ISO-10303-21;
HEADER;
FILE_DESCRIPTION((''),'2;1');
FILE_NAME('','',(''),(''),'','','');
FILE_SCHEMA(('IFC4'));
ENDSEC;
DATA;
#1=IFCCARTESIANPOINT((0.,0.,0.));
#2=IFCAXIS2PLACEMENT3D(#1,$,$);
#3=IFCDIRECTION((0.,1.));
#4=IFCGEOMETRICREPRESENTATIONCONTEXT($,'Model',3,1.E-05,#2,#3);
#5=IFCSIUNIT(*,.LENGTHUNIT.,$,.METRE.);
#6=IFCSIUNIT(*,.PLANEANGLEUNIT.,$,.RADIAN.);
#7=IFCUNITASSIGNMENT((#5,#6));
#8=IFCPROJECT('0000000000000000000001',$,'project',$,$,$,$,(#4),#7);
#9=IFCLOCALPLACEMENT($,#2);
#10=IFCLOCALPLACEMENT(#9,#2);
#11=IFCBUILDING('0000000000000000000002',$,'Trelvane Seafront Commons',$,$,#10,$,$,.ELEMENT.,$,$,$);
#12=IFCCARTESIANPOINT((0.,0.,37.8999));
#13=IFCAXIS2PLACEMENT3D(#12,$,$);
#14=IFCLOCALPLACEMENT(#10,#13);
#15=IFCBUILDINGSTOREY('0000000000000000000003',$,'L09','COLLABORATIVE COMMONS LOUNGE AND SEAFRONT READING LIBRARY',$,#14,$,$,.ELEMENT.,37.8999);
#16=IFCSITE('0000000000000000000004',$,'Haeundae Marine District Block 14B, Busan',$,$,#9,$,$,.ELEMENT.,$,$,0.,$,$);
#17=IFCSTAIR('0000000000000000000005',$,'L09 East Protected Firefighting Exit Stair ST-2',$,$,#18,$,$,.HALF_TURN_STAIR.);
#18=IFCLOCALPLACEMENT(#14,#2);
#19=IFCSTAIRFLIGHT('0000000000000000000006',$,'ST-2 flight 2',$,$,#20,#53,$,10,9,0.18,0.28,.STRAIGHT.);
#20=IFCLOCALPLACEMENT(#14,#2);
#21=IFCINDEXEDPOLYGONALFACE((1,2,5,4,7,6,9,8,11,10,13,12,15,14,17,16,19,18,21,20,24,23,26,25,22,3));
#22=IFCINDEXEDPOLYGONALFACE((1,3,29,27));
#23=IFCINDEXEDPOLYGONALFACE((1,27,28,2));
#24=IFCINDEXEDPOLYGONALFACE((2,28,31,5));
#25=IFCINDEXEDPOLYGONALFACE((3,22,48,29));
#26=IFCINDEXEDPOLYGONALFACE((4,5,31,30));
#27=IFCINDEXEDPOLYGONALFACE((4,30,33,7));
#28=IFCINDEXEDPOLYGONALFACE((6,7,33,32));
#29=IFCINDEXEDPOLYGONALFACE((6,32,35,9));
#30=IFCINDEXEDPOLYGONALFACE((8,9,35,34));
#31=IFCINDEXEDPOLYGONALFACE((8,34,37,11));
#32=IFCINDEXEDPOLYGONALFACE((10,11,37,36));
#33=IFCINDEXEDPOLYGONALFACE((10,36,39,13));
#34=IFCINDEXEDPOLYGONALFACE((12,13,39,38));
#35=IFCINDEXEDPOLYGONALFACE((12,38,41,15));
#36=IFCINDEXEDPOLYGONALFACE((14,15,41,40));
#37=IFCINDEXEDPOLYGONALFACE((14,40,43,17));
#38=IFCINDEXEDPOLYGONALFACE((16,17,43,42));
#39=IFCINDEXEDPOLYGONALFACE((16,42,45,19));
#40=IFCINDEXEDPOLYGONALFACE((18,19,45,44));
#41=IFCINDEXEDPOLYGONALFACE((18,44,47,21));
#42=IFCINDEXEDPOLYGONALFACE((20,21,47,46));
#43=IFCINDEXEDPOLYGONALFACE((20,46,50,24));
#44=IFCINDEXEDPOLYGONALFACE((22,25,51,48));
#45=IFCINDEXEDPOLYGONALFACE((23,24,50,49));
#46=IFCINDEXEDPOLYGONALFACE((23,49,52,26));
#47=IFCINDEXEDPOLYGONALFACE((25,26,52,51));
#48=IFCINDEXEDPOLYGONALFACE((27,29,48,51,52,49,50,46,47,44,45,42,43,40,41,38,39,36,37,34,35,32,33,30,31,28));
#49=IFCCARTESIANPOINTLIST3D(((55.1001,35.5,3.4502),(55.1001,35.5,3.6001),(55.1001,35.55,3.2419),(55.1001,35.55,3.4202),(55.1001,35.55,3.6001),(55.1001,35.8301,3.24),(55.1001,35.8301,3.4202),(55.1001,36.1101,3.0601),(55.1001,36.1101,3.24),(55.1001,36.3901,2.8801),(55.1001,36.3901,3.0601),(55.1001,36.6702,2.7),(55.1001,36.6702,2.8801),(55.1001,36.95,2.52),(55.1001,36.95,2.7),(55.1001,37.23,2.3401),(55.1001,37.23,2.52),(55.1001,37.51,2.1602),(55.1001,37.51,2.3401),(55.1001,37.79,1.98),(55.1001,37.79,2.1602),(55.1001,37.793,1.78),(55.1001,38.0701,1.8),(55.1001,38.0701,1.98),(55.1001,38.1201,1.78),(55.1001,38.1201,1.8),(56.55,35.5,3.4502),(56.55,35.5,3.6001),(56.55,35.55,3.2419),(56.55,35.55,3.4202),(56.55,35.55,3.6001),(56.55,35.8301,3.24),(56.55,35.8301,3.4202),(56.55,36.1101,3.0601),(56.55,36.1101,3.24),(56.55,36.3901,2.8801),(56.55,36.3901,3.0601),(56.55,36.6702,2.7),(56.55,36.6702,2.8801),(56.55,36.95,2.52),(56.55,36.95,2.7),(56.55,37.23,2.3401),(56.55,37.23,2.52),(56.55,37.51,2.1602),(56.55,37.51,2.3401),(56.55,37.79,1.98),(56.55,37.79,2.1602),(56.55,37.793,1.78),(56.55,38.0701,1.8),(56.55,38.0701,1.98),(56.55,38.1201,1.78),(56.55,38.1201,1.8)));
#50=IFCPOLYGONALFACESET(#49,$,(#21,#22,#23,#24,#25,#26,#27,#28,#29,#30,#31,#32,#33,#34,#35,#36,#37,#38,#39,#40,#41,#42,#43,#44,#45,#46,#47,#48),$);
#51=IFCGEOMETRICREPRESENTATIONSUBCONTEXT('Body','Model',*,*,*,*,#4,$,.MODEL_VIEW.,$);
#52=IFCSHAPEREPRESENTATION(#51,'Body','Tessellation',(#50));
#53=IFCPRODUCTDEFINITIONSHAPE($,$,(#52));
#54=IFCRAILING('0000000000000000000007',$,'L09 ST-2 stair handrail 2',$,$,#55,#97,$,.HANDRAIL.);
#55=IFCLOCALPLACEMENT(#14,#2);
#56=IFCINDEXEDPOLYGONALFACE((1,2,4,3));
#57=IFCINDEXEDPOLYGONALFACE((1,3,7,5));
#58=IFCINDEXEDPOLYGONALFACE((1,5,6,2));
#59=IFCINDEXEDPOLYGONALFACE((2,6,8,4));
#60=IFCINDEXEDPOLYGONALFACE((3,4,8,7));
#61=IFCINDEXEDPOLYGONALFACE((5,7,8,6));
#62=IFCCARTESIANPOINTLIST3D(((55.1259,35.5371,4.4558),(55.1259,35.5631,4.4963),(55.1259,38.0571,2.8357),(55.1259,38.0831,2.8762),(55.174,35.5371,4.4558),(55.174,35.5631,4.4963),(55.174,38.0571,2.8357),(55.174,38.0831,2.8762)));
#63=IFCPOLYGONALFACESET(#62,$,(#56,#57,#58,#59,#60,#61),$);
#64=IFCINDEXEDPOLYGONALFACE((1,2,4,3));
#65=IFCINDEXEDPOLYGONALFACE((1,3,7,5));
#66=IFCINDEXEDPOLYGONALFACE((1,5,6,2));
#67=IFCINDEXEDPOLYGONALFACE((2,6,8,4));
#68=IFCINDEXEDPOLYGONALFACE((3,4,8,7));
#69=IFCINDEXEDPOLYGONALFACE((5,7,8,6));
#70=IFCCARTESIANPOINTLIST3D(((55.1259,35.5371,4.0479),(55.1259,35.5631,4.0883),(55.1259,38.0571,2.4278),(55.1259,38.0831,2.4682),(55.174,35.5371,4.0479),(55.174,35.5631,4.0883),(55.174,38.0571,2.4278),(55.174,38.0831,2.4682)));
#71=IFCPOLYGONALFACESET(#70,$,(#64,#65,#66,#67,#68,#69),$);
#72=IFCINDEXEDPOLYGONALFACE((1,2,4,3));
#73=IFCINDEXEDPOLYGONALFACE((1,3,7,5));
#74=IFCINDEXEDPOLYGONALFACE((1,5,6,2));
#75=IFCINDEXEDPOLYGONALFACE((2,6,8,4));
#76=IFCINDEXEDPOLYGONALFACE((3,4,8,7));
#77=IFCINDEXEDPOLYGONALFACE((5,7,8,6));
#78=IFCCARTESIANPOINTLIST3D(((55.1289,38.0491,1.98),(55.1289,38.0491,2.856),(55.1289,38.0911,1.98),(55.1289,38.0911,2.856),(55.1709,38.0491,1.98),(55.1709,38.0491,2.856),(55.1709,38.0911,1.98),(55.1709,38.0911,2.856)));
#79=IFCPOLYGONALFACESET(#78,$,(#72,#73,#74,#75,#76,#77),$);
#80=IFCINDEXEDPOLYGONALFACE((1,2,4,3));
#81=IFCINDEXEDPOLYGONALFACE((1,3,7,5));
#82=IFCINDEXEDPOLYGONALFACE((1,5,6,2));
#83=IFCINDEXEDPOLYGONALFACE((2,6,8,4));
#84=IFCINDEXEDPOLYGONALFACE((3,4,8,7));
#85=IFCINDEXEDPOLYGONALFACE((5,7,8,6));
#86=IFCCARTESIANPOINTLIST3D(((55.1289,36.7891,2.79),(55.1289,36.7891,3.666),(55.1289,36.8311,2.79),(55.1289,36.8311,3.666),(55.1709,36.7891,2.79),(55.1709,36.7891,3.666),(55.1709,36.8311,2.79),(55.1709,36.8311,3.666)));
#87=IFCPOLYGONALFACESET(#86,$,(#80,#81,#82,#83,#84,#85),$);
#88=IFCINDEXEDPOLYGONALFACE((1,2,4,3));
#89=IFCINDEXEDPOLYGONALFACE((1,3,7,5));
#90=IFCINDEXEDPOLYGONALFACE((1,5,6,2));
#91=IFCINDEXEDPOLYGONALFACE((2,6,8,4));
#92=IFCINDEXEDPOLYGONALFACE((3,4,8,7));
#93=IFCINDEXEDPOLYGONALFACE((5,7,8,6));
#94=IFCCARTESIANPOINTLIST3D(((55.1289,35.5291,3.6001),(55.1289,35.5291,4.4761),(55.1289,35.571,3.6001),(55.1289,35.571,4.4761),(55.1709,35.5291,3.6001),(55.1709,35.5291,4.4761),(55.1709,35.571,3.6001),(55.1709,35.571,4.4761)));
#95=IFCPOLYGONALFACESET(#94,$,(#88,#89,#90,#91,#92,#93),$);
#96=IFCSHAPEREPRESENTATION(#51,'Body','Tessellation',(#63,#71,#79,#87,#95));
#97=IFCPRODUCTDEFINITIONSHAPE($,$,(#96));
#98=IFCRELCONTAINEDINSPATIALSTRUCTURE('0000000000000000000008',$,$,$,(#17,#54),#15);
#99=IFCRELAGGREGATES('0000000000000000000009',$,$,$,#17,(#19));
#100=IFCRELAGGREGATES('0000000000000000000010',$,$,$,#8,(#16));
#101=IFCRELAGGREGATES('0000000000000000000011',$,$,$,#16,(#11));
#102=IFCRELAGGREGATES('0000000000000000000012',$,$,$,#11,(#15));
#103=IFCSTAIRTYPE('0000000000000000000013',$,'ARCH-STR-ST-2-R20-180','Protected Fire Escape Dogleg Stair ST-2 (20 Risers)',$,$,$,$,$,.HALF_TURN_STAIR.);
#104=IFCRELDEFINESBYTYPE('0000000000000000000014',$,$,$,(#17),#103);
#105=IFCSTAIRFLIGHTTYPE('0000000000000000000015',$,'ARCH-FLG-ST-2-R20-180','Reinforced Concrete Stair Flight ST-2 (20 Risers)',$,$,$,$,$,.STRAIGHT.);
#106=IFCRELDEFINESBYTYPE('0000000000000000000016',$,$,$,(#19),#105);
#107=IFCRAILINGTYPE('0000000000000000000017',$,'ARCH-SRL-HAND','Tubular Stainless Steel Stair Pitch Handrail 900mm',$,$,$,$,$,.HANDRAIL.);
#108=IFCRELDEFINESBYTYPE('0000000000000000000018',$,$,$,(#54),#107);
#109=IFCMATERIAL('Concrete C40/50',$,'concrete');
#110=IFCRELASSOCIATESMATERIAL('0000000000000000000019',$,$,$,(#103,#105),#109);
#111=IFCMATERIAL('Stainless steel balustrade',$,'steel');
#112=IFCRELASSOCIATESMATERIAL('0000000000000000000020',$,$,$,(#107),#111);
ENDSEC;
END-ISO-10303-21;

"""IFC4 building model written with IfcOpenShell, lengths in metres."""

from ifc_helpers import new_model, si_unit, direction, frame, origin, origin_2d, place, context, subcontext, project, spatial, polyline, rectangle, outline, extrude, source, transform, mapped, material, type_object, element, aggregate, save


model = new_model("IFC4")

# Units and contexts
model_context = context("Model", 3, precision=1e-05, world=origin(), true_north=direction((0.0, 1.0)))
body_context = subcontext(model_context, "Body", "Model", "MODEL_VIEW")
ifc_project = project(units=[si_unit("LENGTHUNIT", "METRE"), si_unit("PLANEANGLEUNIT", "RADIAN")], contexts=[model_context])

# Site, building, storey
site_placement = place(None, origin())
site = spatial("IfcSite", under=ifc_project, at=site_placement, Name="Haeundae Marine District Block 14B, Busan", CompositionType="ELEMENT", RefElevation=0.0)
building_placement = place(site_placement, origin())
building = spatial("IfcBuilding", under=site, at=building_placement, Name="Trelvane Seafront Commons", CompositionType="ELEMENT")
storey_placement = place(building_placement, frame((0.0, 0.0, 37.8999)))
storey = spatial("IfcBuildingStorey", under=building, at=storey_placement, Name="L09", Description="COLLABORATIVE COMMONS LOUNGE AND SEAFRONT READING LIBRARY", CompositionType="ELEMENT", Elevation=37.8999)

# Shared definitions
ifc_material_1 = material(Name="Concrete C40/50", Category="concrete")

# Stair, stair flight
stair_type = type_object("IfcStairType", Name="ARCH-STR-ST-2-R20-180", Description="Protected Fire Escape Dogleg Stair ST-2 (20 Risers)", PredefinedType="HALF_TURN_STAIR", material=ifc_material_1)
stair_placement = place(storey_placement, origin())
stair = element("IfcStair", 1, at=stair_placement, inside=storey, type_object=stair_type, Name="L09 East Protected Firefighting Exit Stair ST-2", PredefinedType="HALF_TURN_STAIR")
stair_flight_type = type_object("IfcStairFlightType", Name="ARCH-FLG-ST-2-R20-180", Description="Reinforced Concrete Stair Flight ST-2 (20 Risers)", PredefinedType="STRAIGHT", material=ifc_material_1)
shared_shape_1 = source(origin(), body_context, "Body", "SweptSolid", [
    extrude(outline(polyline([(-0.05, -0.02), (-0.05, 0.0), (0.0, 0.0), (0.0, 0.1799), (0.28, 0.1799), (0.28, 0.3601), (0.5601, 0.3601), (0.5601, 0.54), (0.8401, 0.54), (0.8401, 0.72), (1.1201, 0.72), (1.1201, 0.8999), (1.3999, 0.8999), (1.3999, 1.0801), (1.6799, 1.0801), (1.6799, 1.26), (1.96, 1.26), (1.96, 1.4399), (2.24, 1.4399), (2.24, 1.6201), (2.52, 1.6201), (2.52, 1.8), (2.5701, 1.8), (2.5701, 1.6501), (2.52, 1.4419), (0.2771, -0.02), (-0.05, -0.02)])), frame((0.0, 0.7251, 0.0), z_axis=(0.0, -1.0, 0.0), x_axis=(1.0, 0.0, 0.0)), (0.0, 0.0, 1.0), 1.45),
])
stair_flight_placement = place(storey_placement, frame((55.825, 38.0701, 1.8), z_axis=(0.0, 0.0, 1.0), x_axis=(0.0, -1.0, 0.0)))
stair_flight = element("IfcStairFlight", 2, at=stair_flight_placement, type_object=stair_flight_type, Name="ST-2 flight 2", NumberOfRisers=10, NumberOfTreads=9, PredefinedType="STRAIGHT", RiserHeight=0.18, TreadLength=0.28, context=body_context, shape_type="MappedRepresentation", body=[
    mapped(shared_shape_1, transform((0.0, 0.0, 0.0), x_axis=(1.0, 0.0, 0.0), y_axis=(0.0, 1.0, 0.0), z_axis=(0.0, 0.0, 1.0), scale=1.0)),
])
aggregate(stair, [stair_flight])

# Railing
ifc_material_2 = material(Name="Stainless steel balustrade", Category="steel")
railing_type = type_object("IfcRailingType", Name="ARCH-SRL-HAND", Description="Tubular Stainless Steel Stair Pitch Handrail 900mm", PredefinedType="HANDRAIL", material=ifc_material_2)
railing_placement = place(storey_placement, frame((55.1499, 38.0701, 1.98)))
element("IfcRailing", 3, at=railing_placement, inside=storey, type_object=railing_type, Name="L09 ST-2 stair handrail 2", PredefinedType="HANDRAIL", context=body_context, shape_type="SweptSolid", body=[
    extrude(rectangle(XDim=0.0481, YDim=0.0481, at=origin_2d()), frame((0.0, 0.0, 0.876), z_axis=(0.0, -0.841163, 0.540782), x_axis=(1.0, 0.0, 0.0)), (0.0, 0.0, 1.0), 2.9958),
    extrude(rectangle(XDim=0.0481, YDim=0.0481, at=origin_2d()), frame((0.0, 0.0, 0.468), z_axis=(0.0, -0.841163, 0.540782), x_axis=(1.0, 0.0, 0.0)), (0.0, 0.0, 1.0), 2.9958),
    extrude(rectangle(XDim=0.042, YDim=0.042, at=origin_2d()), origin(), (0.0, 0.0, 1.0), 0.876),
    extrude(rectangle(XDim=0.042, YDim=0.042, at=origin_2d()), frame((0.0, -1.26, 0.8101)), (0.0, 0.0, 1.0), 0.876),
    extrude(rectangle(XDim=0.042, YDim=0.042, at=origin_2d()), frame((0.0, -2.52, 1.6201)), (0.0, 0.0, 1.0), 0.876),
])

save(model, "model.ifc")
